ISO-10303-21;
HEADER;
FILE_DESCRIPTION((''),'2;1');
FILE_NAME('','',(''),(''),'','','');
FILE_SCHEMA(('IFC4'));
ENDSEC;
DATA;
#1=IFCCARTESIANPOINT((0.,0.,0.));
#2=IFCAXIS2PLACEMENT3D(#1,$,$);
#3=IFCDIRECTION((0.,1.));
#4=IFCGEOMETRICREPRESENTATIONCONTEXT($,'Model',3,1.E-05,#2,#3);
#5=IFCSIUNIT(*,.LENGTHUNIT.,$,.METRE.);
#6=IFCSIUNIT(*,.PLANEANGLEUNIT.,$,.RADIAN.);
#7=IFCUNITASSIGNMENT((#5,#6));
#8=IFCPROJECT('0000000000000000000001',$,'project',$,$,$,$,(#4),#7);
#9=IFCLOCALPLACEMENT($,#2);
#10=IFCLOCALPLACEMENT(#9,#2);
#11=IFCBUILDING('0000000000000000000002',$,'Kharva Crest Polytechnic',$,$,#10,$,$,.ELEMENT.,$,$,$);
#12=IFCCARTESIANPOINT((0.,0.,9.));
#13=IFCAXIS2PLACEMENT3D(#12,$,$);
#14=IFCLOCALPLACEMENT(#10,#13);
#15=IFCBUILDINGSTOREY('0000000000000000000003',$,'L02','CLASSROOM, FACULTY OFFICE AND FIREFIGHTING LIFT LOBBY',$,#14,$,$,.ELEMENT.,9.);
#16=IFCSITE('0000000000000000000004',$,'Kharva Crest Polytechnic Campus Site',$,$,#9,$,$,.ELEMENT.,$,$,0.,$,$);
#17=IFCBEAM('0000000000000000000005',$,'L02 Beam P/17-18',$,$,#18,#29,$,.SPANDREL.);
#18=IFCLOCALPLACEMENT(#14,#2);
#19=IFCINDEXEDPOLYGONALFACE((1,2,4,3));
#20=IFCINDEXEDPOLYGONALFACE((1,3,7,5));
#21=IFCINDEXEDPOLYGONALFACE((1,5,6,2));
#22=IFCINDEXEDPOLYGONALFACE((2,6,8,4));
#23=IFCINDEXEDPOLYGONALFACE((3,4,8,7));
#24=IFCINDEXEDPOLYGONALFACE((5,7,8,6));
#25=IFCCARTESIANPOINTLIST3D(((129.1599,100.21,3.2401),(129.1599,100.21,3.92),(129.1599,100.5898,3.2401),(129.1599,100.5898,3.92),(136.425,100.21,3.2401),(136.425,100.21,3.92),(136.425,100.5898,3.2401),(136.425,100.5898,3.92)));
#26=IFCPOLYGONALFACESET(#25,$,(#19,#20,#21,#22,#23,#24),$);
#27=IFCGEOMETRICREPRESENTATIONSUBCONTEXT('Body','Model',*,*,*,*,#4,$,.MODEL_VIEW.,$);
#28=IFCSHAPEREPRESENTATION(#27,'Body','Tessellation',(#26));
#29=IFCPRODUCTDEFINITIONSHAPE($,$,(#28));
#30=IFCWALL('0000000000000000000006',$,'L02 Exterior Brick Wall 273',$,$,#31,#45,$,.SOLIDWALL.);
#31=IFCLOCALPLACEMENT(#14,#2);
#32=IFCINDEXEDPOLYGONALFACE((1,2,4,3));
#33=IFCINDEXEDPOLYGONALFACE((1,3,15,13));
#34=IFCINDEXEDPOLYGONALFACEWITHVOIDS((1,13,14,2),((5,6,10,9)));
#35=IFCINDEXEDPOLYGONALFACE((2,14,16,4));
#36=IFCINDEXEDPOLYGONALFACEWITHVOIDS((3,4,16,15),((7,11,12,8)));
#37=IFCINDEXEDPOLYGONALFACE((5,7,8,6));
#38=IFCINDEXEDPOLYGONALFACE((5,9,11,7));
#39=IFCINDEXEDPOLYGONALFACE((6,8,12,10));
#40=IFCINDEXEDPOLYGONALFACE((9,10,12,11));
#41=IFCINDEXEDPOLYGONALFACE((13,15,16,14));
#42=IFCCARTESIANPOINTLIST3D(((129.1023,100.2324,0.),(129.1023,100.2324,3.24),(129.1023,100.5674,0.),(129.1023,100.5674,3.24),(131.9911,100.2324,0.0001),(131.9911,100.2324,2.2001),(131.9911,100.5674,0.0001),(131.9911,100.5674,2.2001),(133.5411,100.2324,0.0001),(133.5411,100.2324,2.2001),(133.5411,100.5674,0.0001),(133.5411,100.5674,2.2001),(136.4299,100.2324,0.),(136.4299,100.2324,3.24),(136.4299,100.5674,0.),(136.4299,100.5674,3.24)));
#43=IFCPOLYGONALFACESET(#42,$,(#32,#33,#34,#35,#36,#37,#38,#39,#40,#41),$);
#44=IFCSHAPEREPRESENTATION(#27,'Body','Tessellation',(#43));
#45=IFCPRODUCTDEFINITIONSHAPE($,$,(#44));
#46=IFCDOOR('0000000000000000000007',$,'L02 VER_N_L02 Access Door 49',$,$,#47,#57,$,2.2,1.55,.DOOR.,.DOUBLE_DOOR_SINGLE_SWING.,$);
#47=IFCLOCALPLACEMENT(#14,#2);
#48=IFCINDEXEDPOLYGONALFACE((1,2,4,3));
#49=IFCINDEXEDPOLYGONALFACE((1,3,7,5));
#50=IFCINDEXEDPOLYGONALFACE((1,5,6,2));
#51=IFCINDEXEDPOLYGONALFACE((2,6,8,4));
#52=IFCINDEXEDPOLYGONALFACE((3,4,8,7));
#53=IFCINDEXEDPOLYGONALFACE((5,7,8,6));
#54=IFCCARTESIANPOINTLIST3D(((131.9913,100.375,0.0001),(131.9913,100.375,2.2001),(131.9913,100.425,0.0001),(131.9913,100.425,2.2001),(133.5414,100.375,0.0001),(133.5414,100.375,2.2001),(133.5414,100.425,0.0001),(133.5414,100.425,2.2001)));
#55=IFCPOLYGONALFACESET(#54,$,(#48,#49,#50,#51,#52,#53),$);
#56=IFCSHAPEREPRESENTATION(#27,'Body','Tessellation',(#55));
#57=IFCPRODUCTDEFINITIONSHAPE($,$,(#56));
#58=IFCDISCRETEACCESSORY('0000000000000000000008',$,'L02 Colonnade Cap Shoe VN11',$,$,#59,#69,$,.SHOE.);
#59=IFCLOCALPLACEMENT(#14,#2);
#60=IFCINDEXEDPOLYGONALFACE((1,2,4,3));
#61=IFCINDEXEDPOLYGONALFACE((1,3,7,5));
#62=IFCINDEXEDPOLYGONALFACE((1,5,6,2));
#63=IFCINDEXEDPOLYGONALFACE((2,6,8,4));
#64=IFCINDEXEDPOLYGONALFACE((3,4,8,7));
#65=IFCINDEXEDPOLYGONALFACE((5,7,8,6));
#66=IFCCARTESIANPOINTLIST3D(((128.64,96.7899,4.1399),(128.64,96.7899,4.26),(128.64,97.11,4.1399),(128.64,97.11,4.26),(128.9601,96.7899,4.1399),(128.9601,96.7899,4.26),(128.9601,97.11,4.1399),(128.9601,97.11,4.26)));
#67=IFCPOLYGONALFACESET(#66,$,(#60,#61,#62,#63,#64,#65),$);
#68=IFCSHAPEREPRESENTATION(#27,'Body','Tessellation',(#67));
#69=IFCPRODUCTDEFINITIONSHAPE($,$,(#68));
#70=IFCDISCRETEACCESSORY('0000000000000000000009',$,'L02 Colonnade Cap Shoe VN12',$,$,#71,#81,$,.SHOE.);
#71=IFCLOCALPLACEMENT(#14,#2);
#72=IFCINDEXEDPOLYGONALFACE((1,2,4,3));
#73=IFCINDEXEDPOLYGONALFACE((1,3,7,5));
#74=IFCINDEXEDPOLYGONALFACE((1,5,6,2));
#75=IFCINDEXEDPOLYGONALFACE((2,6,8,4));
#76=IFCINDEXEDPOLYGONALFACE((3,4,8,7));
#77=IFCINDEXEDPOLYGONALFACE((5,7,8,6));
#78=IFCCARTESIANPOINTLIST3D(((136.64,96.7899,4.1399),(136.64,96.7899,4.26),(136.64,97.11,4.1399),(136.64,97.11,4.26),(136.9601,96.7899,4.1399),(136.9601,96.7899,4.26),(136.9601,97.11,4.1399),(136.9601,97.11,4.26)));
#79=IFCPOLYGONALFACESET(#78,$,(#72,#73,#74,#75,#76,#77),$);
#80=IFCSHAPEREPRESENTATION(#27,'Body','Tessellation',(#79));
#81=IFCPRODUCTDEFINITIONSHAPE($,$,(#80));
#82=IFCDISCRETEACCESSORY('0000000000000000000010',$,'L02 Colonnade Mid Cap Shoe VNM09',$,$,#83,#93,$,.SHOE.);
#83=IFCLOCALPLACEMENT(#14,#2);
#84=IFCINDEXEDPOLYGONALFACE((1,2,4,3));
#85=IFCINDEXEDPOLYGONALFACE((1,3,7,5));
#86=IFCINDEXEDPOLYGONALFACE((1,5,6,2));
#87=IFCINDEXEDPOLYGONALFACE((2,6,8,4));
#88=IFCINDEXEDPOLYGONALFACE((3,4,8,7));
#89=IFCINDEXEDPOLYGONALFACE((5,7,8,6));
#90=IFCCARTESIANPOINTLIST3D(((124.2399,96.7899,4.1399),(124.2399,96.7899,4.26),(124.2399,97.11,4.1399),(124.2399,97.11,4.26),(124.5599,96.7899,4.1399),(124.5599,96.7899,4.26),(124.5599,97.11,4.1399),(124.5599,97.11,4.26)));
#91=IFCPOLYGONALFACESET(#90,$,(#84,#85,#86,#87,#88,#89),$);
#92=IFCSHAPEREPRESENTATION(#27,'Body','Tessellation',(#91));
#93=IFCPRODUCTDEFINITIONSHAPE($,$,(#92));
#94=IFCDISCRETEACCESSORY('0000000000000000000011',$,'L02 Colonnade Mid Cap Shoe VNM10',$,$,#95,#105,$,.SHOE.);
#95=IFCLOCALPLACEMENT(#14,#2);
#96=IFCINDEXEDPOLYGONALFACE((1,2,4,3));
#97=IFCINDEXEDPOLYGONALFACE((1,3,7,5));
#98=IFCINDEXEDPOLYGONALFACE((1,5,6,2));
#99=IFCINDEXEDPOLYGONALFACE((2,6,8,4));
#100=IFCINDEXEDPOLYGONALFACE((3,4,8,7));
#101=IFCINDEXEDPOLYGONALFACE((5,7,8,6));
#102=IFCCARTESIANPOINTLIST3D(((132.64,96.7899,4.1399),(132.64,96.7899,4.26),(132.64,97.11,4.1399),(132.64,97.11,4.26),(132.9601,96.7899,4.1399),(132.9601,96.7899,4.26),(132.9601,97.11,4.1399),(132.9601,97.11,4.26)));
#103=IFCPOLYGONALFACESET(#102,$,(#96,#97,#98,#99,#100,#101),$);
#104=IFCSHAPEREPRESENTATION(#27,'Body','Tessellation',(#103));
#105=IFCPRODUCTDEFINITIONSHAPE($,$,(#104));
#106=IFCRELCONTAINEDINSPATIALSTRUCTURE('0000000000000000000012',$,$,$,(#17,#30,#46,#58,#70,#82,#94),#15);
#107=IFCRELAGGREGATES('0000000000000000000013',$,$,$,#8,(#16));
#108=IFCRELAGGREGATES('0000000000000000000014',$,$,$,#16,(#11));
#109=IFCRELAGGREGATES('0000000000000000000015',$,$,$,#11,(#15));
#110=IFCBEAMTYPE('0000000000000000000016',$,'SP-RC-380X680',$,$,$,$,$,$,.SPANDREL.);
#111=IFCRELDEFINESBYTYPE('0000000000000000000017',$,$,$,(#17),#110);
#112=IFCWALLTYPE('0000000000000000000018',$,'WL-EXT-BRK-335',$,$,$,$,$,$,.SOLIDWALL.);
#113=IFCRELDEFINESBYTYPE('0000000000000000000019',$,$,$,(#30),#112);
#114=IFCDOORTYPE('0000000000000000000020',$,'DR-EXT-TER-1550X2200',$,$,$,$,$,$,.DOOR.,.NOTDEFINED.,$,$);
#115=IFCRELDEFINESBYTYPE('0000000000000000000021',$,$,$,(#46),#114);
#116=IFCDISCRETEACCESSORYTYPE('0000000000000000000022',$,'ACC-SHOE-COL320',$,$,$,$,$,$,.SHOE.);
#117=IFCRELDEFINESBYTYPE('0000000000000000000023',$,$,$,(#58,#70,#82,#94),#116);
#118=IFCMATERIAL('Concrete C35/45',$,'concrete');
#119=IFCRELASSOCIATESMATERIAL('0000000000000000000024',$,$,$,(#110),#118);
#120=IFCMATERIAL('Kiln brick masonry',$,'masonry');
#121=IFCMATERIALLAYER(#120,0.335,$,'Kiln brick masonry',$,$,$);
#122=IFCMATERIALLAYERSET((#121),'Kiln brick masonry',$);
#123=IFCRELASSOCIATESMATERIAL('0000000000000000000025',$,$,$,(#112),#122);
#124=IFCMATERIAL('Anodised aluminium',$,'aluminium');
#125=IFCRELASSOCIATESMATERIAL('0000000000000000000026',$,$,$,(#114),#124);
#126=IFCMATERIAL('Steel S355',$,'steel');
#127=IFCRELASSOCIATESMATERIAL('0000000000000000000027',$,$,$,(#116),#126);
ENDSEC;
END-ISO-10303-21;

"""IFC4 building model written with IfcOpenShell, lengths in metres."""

from ifc_helpers import new_model, si_unit, direction, frame, frame_2d, origin, origin_2d, place, context, subcontext, project, spatial, rectangle, extrude, material, layer, layer_set, material_profile, profile_set, type_object, element, fill, save


model = new_model("IFC4")

# Units and contexts
model_context = context("Model", 3, precision=1e-05, world=origin(), true_north=direction((0.0, 1.0)))
body_context = subcontext(model_context, "Body", "Model", "MODEL_VIEW")
ifc_project = project(units=[si_unit("LENGTHUNIT", "METRE"), si_unit("PLANEANGLEUNIT", "RADIAN")], contexts=[model_context])

# Site, building, storey
site_placement = place(None, origin())
site = spatial("IfcSite", under=ifc_project, at=site_placement, Name="Kharva Crest Polytechnic Campus Site", CompositionType="ELEMENT", RefElevation=0.0)
building_placement = place(site_placement, origin())
building = spatial("IfcBuilding", under=site, at=building_placement, Name="Kharva Crest Polytechnic", CompositionType="ELEMENT")
storey_placement = place(building_placement, frame((0.0, 0.0, 9.0)))
storey = spatial("IfcBuildingStorey", under=building, at=storey_placement, Name="L02", Description="CLASSROOM, FACULTY OFFICE AND FIREFIGHTING LIFT LOBBY", CompositionType="ELEMENT", Elevation=9.0)

# Shared definitions
ifc_material_1 = material(Name="Steel S355", Category="steel")

# Beam
ifc_material_2 = material(Name="Concrete C35/45", Category="concrete")
ifc_material_profile_1 = material_profile(ifc_material_2, rectangle(XDim=0.3799, YDim=0.6799, at=origin_2d()), Name="RECT 380 X 680")
ifc_profile_set_1 = profile_set([ifc_material_profile_1], Name="Concrete C35/45")
beam_type_1 = type_object("IfcBeamType", Name="SP-RC-380X680", PredefinedType="SPANDREL", material=ifc_profile_set_1)
beam_1_placement = place(storey_placement, frame((129.1599, 100.3999, 3.5801), z_axis=(1.0, 0.0, 0.0), x_axis=(0.0, 1.0, 0.0)))
element("IfcBeam", 1, at=beam_1_placement, inside=storey, type_object=beam_type_1, Name="L02 Beam P/17-18", PredefinedType="SPANDREL", context=body_context, shape_type="SweptSolid", body=[
    extrude(rectangle(XDim=0.3799, YDim=0.6799, at=origin_2d()), origin(), (0.0, 0.0, 1.0), 7.2651),
])

# Wall, opening, door
ifc_material_3 = material(Name="Kiln brick masonry", Category="masonry")
ifc_layer = layer(ifc_material_3, 0.335, Name="Kiln brick masonry")
ifc_layer_set = layer_set([ifc_layer], Name="Kiln brick masonry")
wall_type = type_object("IfcWallType", Name="WL-EXT-BRK-335", PredefinedType="SOLIDWALL", material=ifc_layer_set)
wall_placement = place(storey_placement, frame((129.1023, 100.3999, 0.0), z_axis=(0.0, 0.0, 1.0), x_axis=(1.0, 0.0, 0.0)))
wall = element("IfcWall", 2, at=wall_placement, inside=storey, type_object=wall_type, Name="L02 Exterior Brick Wall 273", PredefinedType="SOLIDWALL", context=body_context, shape_type="SweptSolid", body=[
    extrude(rectangle(XDim=7.3276, YDim=0.335, at=frame_2d((3.6638, 0.0))), origin(), (0.0, 0.0, 1.0), 3.24),
])
opening_placement = place(wall_placement, frame((2.8889, 0.0, 0.0)))
opening = element("IfcOpeningElement", 3, at=opening_placement, cuts=wall, PredefinedType="OPENING", context=body_context, shape_type="SweptSolid", body=[
    extrude(rectangle(XDim=1.55, YDim=2.2, at=frame_2d((0.7749, 1.1001))), frame((0.0, 0.1775, 0.0), z_axis=(0.0, -1.0, 0.0), x_axis=(1.0, 0.0, 0.0)), (0.0, 0.0, 1.0), 0.355),
])
ifc_material_4 = material(Name="Anodised aluminium", Category="aluminium")
door_type = type_object("IfcDoorType", Name="DR-EXT-TER-1550X2200", OperationType="NOTDEFINED", PredefinedType="DOOR", material=ifc_material_4)
door_placement = place(opening_placement, frame((1.55, 0.0, 0.0), z_axis=(0.0, 0.0, 1.0), x_axis=(-1.0, 0.0, 0.0)))
door = element("IfcDoor", 4, at=door_placement, inside=storey, type_object=door_type, Name="L02 VER_N_L02 Access Door 49", OperationType="DOUBLE_DOOR_SINGLE_SWING", OverallHeight=2.2, OverallWidth=1.55, PredefinedType="DOOR", context=body_context, shape_type="SweptSolid", body=[
    extrude(rectangle(XDim=1.55, YDim=2.2, at=frame_2d((0.7749, 1.1001))), frame((0.0, 0.0249, 0.0), z_axis=(0.0, -1.0, 0.0), x_axis=(1.0, 0.0, 0.0)), (0.0, 0.0, 1.0), 0.05),
])
fill(opening, door)

# Discrete accessories
discrete_accessory_type = type_object("IfcDiscreteAccessoryType", Name="ACC-SHOE-COL320", PredefinedType="SHOE", material=ifc_material_1)
for number, where, z_axis, x_axis, name in (
    (5, (128.8, 96.95, 4.1399), (0.0, 0.0, 1.0), (1.0, 0.0, 0.0), "L02 Colonnade Cap Shoe VN11"),
    (6, (136.8, 96.95, 4.1399), (0.0, 0.0, 1.0), (1.0, 0.0, 0.0), "L02 Colonnade Cap Shoe VN12"),
    (7, (124.3999, 96.95, 4.1399), (0.0, 0.0, 1.0), (1.0, 0.0, 0.0), "L02 Colonnade Mid Cap Shoe VNM09"),
    (8, (132.8, 96.95, 4.1399), (0.0, 0.0, 1.0), (1.0, 0.0, 0.0), "L02 Colonnade Mid Cap Shoe VNM10"),
):
    element("IfcDiscreteAccessory", number, at=place(storey_placement, frame(where, z_axis=z_axis, x_axis=x_axis)), inside=storey, type_object=discrete_accessory_type, Name=name, PredefinedType="SHOE", context=body_context, shape_type="SweptSolid", body=[
        extrude(rectangle(XDim=0.3201, YDim=0.3201, at=origin_2d()), origin(), (0.0, 0.0, 1.0), 0.1201),
    ])

save(model, "model.ifc")
